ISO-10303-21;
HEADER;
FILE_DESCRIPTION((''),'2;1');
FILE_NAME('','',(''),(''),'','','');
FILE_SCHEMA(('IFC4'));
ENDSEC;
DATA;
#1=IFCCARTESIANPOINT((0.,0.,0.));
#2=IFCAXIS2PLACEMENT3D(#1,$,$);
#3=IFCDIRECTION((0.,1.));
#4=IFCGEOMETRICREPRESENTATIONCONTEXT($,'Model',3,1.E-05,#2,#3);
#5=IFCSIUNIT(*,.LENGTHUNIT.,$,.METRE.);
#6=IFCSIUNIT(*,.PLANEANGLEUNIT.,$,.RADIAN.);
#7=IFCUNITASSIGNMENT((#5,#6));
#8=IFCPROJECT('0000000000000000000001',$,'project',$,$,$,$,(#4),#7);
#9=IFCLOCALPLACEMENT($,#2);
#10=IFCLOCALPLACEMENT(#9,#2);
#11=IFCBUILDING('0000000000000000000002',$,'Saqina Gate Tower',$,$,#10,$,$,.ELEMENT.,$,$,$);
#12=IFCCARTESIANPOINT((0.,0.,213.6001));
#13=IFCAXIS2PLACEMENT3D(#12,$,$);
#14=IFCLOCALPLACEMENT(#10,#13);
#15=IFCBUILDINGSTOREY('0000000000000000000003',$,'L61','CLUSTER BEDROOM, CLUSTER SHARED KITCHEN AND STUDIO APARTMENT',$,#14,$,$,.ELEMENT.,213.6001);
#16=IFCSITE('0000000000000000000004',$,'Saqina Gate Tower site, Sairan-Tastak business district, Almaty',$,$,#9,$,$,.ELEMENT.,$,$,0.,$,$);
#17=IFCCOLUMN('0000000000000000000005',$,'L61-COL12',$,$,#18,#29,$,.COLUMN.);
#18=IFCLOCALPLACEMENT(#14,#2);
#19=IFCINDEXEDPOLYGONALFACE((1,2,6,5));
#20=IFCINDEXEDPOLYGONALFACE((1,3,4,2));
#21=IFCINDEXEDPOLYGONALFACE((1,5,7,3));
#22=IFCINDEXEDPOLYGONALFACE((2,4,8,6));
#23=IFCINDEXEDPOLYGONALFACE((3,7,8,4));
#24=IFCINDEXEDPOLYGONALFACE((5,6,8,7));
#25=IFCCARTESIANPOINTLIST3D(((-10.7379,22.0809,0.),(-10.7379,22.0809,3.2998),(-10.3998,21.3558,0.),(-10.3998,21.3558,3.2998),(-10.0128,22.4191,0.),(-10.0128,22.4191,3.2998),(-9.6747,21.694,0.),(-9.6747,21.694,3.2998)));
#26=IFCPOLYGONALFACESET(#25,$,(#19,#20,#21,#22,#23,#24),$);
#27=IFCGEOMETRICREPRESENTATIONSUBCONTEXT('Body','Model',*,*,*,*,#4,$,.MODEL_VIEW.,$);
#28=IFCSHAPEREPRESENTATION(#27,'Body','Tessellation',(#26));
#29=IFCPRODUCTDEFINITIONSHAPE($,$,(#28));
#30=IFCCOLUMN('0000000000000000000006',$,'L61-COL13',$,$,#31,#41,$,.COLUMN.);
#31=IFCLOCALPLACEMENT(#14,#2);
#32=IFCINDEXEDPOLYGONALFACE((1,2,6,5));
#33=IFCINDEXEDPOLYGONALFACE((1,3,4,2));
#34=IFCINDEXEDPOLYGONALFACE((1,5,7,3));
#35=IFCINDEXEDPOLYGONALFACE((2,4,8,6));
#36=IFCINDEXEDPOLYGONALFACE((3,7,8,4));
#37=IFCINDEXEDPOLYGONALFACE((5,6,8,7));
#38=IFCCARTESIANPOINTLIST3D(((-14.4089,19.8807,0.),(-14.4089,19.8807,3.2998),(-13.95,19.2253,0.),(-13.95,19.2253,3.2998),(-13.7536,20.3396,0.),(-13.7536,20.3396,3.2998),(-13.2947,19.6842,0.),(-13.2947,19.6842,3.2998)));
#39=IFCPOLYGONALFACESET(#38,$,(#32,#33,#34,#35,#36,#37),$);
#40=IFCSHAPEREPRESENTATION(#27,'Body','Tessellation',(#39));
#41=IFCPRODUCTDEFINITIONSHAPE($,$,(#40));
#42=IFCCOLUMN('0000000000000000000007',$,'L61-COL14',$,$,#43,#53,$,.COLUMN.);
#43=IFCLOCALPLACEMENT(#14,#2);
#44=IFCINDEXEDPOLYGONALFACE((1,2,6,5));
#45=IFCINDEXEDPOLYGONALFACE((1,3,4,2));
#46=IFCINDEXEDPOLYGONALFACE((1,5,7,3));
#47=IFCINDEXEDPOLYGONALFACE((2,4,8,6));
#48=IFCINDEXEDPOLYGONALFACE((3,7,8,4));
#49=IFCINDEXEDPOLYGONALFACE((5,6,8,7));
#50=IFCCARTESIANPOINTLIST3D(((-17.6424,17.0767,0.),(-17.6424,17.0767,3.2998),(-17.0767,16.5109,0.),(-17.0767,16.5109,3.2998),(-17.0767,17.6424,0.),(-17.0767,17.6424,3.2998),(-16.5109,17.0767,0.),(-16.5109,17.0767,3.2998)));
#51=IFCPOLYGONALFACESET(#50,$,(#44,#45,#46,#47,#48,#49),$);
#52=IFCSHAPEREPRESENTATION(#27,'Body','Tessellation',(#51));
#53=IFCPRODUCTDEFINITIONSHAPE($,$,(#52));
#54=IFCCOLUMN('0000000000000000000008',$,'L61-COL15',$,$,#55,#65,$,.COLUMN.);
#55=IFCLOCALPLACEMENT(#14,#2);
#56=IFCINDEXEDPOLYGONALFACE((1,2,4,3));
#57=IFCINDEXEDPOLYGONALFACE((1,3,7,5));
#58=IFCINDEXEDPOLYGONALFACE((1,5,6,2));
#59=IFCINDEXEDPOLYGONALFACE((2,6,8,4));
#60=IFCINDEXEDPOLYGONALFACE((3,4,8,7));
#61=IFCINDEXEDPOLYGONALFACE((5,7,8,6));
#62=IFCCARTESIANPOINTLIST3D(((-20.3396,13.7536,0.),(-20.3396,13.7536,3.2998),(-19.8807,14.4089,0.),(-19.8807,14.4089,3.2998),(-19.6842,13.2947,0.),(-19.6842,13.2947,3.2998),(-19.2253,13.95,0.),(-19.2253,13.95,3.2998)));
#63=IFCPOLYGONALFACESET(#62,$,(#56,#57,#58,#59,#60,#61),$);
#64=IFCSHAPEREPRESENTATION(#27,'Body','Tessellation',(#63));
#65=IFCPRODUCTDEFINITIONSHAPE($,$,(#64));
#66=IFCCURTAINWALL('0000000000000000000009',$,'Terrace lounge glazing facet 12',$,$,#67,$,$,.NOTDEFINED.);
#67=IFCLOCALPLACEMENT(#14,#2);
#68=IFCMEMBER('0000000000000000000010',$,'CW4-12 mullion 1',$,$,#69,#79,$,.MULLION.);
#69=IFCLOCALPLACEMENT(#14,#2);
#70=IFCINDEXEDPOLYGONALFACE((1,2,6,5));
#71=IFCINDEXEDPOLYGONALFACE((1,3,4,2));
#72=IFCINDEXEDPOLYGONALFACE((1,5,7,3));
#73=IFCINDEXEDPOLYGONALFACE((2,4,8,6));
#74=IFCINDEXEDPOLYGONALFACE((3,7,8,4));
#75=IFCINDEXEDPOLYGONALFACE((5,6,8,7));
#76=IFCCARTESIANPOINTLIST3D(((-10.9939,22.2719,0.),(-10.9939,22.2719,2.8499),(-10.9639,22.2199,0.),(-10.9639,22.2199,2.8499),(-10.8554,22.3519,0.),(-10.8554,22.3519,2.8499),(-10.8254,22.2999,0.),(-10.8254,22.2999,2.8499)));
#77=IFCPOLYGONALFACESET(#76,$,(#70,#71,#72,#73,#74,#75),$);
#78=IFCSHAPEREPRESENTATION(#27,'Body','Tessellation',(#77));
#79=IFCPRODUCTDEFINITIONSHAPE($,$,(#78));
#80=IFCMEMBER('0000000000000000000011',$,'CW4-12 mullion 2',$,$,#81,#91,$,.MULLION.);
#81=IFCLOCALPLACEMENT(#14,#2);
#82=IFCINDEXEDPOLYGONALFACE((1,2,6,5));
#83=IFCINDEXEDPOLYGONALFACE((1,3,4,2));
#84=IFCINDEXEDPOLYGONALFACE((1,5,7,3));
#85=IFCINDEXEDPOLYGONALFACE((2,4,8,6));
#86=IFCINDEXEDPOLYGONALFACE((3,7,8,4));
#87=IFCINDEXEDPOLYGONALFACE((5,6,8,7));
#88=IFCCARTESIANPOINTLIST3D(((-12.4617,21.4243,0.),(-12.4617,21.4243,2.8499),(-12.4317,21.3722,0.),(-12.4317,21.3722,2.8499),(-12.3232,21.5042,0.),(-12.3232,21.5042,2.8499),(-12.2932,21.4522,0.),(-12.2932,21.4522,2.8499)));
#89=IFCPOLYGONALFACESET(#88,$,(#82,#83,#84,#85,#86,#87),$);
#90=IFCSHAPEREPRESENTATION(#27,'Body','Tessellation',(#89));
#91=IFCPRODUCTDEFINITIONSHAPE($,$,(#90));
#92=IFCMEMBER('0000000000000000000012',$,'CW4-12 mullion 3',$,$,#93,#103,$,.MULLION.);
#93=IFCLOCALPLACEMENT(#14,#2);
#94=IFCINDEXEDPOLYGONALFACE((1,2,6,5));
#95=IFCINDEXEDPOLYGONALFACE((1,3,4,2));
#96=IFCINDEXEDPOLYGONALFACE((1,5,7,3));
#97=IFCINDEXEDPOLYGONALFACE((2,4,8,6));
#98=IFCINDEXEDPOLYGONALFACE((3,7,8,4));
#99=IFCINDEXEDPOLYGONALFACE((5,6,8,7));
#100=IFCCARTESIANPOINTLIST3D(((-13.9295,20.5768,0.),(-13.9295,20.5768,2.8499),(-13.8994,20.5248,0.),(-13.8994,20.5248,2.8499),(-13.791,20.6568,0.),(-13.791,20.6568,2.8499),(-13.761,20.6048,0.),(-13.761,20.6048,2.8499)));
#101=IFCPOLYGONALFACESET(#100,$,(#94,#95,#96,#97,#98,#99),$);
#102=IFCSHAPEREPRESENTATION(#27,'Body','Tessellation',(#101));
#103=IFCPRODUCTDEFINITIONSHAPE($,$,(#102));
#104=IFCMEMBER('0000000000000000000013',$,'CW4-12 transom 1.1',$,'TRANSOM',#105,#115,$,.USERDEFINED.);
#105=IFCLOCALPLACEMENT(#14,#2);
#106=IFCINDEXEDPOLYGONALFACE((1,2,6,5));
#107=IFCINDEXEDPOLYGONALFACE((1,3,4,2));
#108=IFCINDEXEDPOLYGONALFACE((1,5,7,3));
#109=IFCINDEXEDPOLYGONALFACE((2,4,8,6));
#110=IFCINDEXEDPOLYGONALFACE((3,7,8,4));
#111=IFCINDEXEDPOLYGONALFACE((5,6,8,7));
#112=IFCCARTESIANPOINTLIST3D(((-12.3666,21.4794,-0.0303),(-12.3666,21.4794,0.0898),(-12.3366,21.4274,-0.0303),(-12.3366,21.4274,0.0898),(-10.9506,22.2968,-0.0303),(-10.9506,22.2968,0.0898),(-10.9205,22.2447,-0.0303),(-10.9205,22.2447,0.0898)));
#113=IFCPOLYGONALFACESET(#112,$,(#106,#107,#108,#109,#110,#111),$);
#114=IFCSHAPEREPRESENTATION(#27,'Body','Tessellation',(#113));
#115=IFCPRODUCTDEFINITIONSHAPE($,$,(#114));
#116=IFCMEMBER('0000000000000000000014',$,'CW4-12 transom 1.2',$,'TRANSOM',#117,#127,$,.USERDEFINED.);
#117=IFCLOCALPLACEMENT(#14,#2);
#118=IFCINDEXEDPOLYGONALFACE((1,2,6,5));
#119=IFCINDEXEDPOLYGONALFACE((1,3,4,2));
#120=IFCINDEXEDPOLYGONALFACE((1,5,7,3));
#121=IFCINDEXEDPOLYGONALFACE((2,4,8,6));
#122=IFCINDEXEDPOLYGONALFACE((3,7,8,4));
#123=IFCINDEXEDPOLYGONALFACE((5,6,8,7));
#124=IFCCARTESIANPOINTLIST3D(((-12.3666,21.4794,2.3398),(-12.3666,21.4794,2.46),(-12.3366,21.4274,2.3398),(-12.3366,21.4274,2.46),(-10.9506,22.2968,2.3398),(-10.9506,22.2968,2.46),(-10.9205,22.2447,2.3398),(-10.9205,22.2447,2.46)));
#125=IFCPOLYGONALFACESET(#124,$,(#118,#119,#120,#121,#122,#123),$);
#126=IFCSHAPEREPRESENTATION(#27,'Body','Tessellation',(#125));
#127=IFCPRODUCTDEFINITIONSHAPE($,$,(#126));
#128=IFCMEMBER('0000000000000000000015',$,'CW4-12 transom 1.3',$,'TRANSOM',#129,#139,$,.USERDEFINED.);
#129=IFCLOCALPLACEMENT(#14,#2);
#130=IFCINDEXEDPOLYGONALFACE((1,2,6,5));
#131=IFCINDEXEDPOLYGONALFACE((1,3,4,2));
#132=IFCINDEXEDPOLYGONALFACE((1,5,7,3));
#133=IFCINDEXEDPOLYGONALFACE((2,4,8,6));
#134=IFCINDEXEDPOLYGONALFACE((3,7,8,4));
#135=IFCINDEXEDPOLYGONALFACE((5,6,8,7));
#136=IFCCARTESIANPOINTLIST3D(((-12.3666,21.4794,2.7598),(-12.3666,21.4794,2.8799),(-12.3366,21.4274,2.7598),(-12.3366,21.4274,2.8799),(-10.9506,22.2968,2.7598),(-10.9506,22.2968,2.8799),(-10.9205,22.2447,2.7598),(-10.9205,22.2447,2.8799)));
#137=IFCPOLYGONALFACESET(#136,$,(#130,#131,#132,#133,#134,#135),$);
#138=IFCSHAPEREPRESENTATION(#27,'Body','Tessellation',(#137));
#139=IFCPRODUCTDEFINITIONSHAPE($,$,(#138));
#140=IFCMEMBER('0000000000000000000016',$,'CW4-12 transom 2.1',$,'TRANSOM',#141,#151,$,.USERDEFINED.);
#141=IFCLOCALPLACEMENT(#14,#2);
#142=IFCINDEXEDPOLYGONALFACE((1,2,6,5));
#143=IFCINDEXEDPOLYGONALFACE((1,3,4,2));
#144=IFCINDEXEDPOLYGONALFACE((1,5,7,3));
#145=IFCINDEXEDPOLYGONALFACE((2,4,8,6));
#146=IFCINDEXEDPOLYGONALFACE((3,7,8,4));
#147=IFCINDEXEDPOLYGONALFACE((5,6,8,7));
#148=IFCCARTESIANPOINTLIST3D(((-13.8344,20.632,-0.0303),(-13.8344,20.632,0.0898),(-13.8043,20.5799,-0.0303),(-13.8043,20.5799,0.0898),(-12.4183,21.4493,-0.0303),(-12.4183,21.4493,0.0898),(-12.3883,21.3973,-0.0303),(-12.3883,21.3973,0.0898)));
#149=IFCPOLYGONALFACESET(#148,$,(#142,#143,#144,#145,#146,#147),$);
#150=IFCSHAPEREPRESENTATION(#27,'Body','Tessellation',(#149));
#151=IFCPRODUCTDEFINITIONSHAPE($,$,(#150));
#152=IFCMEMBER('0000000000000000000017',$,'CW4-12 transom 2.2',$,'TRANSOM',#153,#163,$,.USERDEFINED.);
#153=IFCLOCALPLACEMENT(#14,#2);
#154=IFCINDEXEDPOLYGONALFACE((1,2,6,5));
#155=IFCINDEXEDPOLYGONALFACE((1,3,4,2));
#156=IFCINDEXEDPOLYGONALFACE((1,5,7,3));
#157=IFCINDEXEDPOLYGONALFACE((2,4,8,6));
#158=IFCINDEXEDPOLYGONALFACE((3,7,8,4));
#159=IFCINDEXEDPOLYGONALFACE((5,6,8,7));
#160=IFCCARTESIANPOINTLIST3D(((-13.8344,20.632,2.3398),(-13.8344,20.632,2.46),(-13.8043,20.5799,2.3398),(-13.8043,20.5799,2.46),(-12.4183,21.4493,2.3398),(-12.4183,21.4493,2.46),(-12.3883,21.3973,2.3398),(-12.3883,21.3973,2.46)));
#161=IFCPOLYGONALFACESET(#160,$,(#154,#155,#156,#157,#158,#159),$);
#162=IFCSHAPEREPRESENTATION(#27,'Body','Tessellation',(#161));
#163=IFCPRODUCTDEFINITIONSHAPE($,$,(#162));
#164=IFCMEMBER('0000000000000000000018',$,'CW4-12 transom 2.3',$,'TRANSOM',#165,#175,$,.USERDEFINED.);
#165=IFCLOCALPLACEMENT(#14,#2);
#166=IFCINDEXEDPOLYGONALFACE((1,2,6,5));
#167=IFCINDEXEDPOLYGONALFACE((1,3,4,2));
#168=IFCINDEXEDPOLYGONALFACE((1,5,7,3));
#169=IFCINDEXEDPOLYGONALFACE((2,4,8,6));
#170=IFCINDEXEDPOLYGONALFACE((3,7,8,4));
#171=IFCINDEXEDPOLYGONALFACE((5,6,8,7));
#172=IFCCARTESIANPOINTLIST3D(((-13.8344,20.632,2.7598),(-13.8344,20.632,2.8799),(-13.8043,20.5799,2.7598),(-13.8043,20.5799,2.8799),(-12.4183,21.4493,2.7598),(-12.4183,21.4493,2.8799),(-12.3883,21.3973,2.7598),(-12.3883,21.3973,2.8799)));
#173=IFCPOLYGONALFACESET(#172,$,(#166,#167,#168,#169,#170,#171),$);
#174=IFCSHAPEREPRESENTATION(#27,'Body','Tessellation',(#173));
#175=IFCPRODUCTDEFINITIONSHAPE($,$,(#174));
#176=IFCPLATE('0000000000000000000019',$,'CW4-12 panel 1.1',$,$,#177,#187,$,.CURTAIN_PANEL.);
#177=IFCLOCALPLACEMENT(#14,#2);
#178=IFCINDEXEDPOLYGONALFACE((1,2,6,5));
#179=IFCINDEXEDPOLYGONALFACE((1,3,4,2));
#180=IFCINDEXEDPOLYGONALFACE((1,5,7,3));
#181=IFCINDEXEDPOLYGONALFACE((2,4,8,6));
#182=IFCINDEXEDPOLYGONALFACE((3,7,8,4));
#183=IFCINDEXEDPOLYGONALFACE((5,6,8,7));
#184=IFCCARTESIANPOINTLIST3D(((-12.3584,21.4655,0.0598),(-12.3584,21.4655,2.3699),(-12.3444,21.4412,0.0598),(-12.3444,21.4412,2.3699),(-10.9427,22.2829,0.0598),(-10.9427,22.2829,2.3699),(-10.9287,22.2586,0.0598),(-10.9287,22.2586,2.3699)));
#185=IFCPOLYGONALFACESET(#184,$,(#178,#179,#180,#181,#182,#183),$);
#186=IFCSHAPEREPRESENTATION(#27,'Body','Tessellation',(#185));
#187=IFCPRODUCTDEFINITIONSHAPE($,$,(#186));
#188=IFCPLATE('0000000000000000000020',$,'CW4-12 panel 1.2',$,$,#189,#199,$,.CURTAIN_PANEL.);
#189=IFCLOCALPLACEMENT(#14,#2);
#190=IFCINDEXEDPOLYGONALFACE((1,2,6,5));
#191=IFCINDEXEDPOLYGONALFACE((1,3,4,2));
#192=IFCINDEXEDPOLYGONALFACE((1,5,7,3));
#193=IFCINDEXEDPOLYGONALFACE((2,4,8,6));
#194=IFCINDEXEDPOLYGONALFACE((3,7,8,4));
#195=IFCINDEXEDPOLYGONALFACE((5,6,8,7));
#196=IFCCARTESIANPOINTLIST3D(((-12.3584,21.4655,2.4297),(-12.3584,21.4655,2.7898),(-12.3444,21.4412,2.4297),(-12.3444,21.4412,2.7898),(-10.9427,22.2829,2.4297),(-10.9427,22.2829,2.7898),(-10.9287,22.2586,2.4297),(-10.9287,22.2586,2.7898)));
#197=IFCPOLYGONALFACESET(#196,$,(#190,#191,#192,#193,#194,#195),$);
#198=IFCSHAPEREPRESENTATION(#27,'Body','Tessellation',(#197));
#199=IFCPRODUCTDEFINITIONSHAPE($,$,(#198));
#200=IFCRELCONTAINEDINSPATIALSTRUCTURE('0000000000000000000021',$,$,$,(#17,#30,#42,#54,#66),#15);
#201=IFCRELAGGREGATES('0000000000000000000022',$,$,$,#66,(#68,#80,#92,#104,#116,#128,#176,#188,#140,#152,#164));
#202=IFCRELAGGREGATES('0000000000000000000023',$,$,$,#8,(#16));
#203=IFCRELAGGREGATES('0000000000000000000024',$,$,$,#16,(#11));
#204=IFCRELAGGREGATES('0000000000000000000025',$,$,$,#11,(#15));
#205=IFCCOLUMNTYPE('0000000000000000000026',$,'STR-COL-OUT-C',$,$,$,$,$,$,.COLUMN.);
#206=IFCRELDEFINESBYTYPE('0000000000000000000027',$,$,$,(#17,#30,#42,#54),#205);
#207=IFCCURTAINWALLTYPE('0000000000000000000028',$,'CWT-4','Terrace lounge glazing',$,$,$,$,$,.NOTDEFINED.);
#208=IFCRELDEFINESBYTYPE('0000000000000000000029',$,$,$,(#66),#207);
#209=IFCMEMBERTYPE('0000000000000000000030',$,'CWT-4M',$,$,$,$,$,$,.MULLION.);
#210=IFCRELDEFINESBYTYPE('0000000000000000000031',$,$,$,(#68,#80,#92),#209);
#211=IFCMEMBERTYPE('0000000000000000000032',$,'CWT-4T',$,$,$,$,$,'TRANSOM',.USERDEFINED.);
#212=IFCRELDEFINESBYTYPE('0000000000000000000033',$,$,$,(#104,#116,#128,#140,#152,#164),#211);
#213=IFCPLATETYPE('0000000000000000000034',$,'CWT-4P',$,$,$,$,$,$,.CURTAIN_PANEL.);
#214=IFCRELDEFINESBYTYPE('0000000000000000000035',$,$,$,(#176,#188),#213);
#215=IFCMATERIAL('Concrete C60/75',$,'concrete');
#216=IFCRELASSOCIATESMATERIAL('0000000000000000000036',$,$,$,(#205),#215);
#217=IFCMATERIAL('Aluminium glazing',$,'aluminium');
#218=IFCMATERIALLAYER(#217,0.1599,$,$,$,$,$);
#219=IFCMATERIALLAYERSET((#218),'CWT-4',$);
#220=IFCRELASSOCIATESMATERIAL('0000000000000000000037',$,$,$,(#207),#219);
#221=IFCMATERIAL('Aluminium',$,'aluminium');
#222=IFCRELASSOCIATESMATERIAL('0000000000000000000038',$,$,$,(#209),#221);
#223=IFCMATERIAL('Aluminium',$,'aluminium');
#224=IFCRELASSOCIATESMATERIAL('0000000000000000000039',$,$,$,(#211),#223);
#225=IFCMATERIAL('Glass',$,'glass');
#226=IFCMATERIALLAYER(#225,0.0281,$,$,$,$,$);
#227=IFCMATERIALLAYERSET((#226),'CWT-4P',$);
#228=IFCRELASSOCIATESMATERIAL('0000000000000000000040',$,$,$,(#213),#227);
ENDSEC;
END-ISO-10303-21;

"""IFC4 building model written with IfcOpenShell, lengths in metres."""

from ifc_helpers import new_model, si_unit, direction, frame, origin, origin_2d, place, context, subcontext, project, spatial, rectangle, extrude, material, layer, layer_set, material_profile, profile_set, type_object, element, aggregate, save


model = new_model("IFC4")

# Units and contexts
model_context = context("Model", 3, precision=1e-05, world=origin(), true_north=direction((0.0, 1.0)))
body_context = subcontext(model_context, "Body", "Model", "MODEL_VIEW")
ifc_project = project(units=[si_unit("LENGTHUNIT", "METRE"), si_unit("PLANEANGLEUNIT", "RADIAN")], contexts=[model_context])

# Site, building, storey
site_placement = place(None, origin())
site = spatial("IfcSite", under=ifc_project, at=site_placement, Name="Saqina Gate Tower site, Sairan-Tastak business district, Almaty", CompositionType="ELEMENT", RefElevation=0.0)
building_placement = place(site_placement, origin())
building = spatial("IfcBuilding", under=site, at=building_placement, Name="Saqina Gate Tower", CompositionType="ELEMENT")
storey_placement = place(building_placement, frame((0.0, 0.0, 213.6001)))
storey = spatial("IfcBuildingStorey", under=building, at=storey_placement, Name="L61", Description="CLUSTER BEDROOM, CLUSTER SHARED KITCHEN AND STUDIO APARTMENT", CompositionType="ELEMENT", Elevation=213.6001)

# Columns
ifc_material_1 = material(Name="Concrete C60/75", Category="concrete")
ifc_material_profile_1 = material_profile(ifc_material_1, rectangle(XDim=0.8, YDim=0.8, at=origin_2d()), Name="RC 800x800")
ifc_profile_set_1 = profile_set([ifc_material_profile_1], Name="Concrete C60/75")
column_type = type_object("IfcColumnType", Name="STR-COL-OUT-C", PredefinedType="COLUMN", material=ifc_profile_set_1)
for number, where, z_axis, x_axis, name in (
    (1, (-10.2063, 21.8875, 0.0), (0.0, 0.0, 1.0), (-0.422618, 0.906308, 0.0), "L61-COL12"),
    (2, (-13.8518, 19.7825, 0.0), (0.0, 0.0, 1.0), (-0.573576, 0.819152, 0.0), "L61-COL13"),
    (3, (-17.0767, 17.0767, 0.0), (0.0, 0.0, 1.0), (-0.707107, 0.707107, 0.0), "L61-COL14"),
    (4, (-19.7825, 13.8518, 0.0), (0.0, 0.0, 1.0), (-0.819152, 0.573576, 0.0), "L61-COL15"),
):
    element("IfcColumn", number, at=place(storey_placement, frame(where, z_axis=z_axis, x_axis=x_axis)), inside=storey, type_object=column_type, Name=name, PredefinedType="COLUMN", context=body_context, shape_type="SweptSolid", body=[
        extrude(rectangle(XDim=0.8, YDim=0.8, at=origin_2d()), origin(), (0.0, 0.0, 1.0), 3.2998),
    ])

# Curtain wall, members, plates
ifc_material_2 = material(Name="Aluminium glazing", Category="aluminium")
ifc_layer_1 = layer(ifc_material_2, 0.1599)
ifc_layer_set_1 = layer_set([ifc_layer_1], Name="CWT-4")
curtain_wall_type = type_object("IfcCurtainWallType", Name="CWT-4", Description="Terrace lounge glazing", PredefinedType="NOTDEFINED", material=ifc_layer_set_1)
curtain_wall_placement = place(storey_placement, origin())
curtain_wall = element("IfcCurtainWall", 5, at=curtain_wall_placement, inside=storey, type_object=curtain_wall_type, Name="Terrace lounge glazing facet 12", PredefinedType="NOTDEFINED")
ifc_material_3 = material(Name="Aluminium", Category="aluminium")
ifc_material_profile_2 = material_profile(ifc_material_3, rectangle(XDim=0.0601, YDim=0.1599, at=origin_2d()), Name="Aluminium 60x160")
ifc_profile_set_2 = profile_set([ifc_material_profile_2], Name="Aluminium")
member_type_1 = type_object("IfcMemberType", Name="CWT-4M", PredefinedType="MULLION", material=ifc_profile_set_2)
member_1_placement = place(storey_placement, frame((-10.9097, 22.2859, 0.0), z_axis=(0.0, 0.0, 1.0), x_axis=(0.500014, -0.866017, 0.0)))
member_1 = element("IfcMember", 6, at=member_1_placement, type_object=member_type_1, Name="CW4-12 mullion 1", PredefinedType="MULLION", context=body_context, shape_type="SweptSolid", body=[
    extrude(rectangle(XDim=0.0601, YDim=0.1599, at=origin_2d()), origin(), (0.0, 0.0, 1.0), 2.8499),
])
member_2_placement = place(storey_placement, frame((-12.3774, 21.4382, 0.0), z_axis=(0.0, 0.0, 1.0), x_axis=(0.500014, -0.866017, 0.0)))
member_2 = element("IfcMember", 7, at=member_2_placement, type_object=member_type_1, Name="CW4-12 mullion 2", PredefinedType="MULLION", context=body_context, shape_type="SweptSolid", body=[
    extrude(rectangle(XDim=0.0601, YDim=0.1599, at=origin_2d()), origin(), (0.0, 0.0, 1.0), 2.8499),
])
member_3_placement = place(storey_placement, frame((-13.8452, 20.5908, 0.0), z_axis=(0.0, 0.0, 1.0), x_axis=(0.500014, -0.866017, 0.0)))
member_3 = element("IfcMember", 8, at=member_3_placement, type_object=member_type_1, Name="CW4-12 mullion 3", PredefinedType="MULLION", context=body_context, shape_type="SweptSolid", body=[
    extrude(rectangle(XDim=0.0601, YDim=0.1599, at=origin_2d()), origin(), (0.0, 0.0, 1.0), 2.8499),
])
ifc_material_4 = material(Name="Aluminium", Category="aluminium")
ifc_material_profile_3 = material_profile(ifc_material_4, rectangle(XDim=0.0601, YDim=0.1201, at=origin_2d()), Name="Aluminium 60x120")
ifc_profile_set_3 = profile_set([ifc_material_profile_3], Name="Aluminium")
member_type_2 = type_object("IfcMemberType", Name="CWT-4T", ElementType="TRANSOM", PredefinedType="USERDEFINED", material=ifc_profile_set_3)
member_4_placement = place(storey_placement, frame((-10.9355, 22.2708, 0.0298), z_axis=(-0.866066, -0.499929, 0.0), x_axis=(0.499929, -0.866066, 0.0)))
member_4 = element("IfcMember", 9, at=member_4_placement, type_object=member_type_2, Name="CW4-12 transom 1.1", ObjectType="TRANSOM", PredefinedType="USERDEFINED", context=body_context, shape_type="SweptSolid", body=[
    extrude(rectangle(XDim=0.0601, YDim=0.1201, at=origin_2d()), origin(), (0.0, 0.0, 1.0), 1.635),
])
member_5_placement = place(storey_placement, frame((-10.9355, 22.2708, 2.3999), z_axis=(-0.866066, -0.499929, 0.0), x_axis=(0.499929, -0.866066, 0.0)))
member_5 = element("IfcMember", 10, at=member_5_placement, type_object=member_type_2, Name="CW4-12 transom 1.2", ObjectType="TRANSOM", PredefinedType="USERDEFINED", context=body_context, shape_type="SweptSolid", body=[
    extrude(rectangle(XDim=0.0601, YDim=0.1201, at=origin_2d()), origin(), (0.0, 0.0, 1.0), 1.635),
])
member_6_placement = place(storey_placement, frame((-10.9355, 22.2708, 2.8198), z_axis=(-0.866066, -0.499929, 0.0), x_axis=(0.499929, -0.866066, 0.0)))
member_6 = element("IfcMember", 11, at=member_6_placement, type_object=member_type_2, Name="CW4-12 transom 1.3", ObjectType="TRANSOM", PredefinedType="USERDEFINED", context=body_context, shape_type="SweptSolid", body=[
    extrude(rectangle(XDim=0.0601, YDim=0.1201, at=origin_2d()), origin(), (0.0, 0.0, 1.0), 1.635),
])
member_7_placement = place(storey_placement, frame((-12.4033, 21.4233, 0.0298), z_axis=(-0.866066, -0.499929, 0.0), x_axis=(0.499929, -0.866066, 0.0)))
member_7 = element("IfcMember", 12, at=member_7_placement, type_object=member_type_2, Name="CW4-12 transom 2.1", ObjectType="TRANSOM", PredefinedType="USERDEFINED", context=body_context, shape_type="SweptSolid", body=[
    extrude(rectangle(XDim=0.0601, YDim=0.1201, at=origin_2d()), origin(), (0.0, 0.0, 1.0), 1.635),
])
member_8_placement = place(storey_placement, frame((-12.4033, 21.4233, 2.3999), z_axis=(-0.866066, -0.499929, 0.0), x_axis=(0.499929, -0.866066, 0.0)))
member_8 = element("IfcMember", 13, at=member_8_placement, type_object=member_type_2, Name="CW4-12 transom 2.2", ObjectType="TRANSOM", PredefinedType="USERDEFINED", context=body_context, shape_type="SweptSolid", body=[
    extrude(rectangle(XDim=0.0601, YDim=0.1201, at=origin_2d()), origin(), (0.0, 0.0, 1.0), 1.635),
])
member_9_placement = place(storey_placement, frame((-12.4033, 21.4233, 2.8198), z_axis=(-0.866066, -0.499929, 0.0), x_axis=(0.499929, -0.866066, 0.0)))
member_9 = element("IfcMember", 14, at=member_9_placement, type_object=member_type_2, Name="CW4-12 transom 2.3", ObjectType="TRANSOM", PredefinedType="USERDEFINED", context=body_context, shape_type="SweptSolid", body=[
    extrude(rectangle(XDim=0.0601, YDim=0.1201, at=origin_2d()), origin(), (0.0, 0.0, 1.0), 1.635),
])
ifc_material_5 = material(Name="Glass", Category="glass")
ifc_layer_2 = layer(ifc_material_5, 0.0281)
ifc_layer_set_2 = layer_set([ifc_layer_2], Name="CWT-4P")
plate_type = type_object("IfcPlateType", Name="CWT-4P", PredefinedType="CURTAIN_PANEL", material=ifc_layer_set_2)
plate_1_placement = place(storey_placement, frame((-11.6436, 21.8621, 0.0598), z_axis=(0.0, 0.0, 1.0), x_axis=(-0.866017, -0.500014, 0.0)))
plate_1 = element("IfcPlate", 15, at=plate_1_placement, type_object=plate_type, Name="CW4-12 panel 1.1", PredefinedType="CURTAIN_PANEL", context=body_context, shape_type="SweptSolid", body=[
    extrude(rectangle(XDim=1.6348, YDim=0.0281, at=origin_2d()), origin(), (0.0, 0.0, 1.0), 2.3101),
])
plate_2_placement = place(storey_placement, frame((-11.6436, 21.8621, 2.4297), z_axis=(0.0, 0.0, 1.0), x_axis=(-0.866017, -0.500014, 0.0)))
plate_2 = element("IfcPlate", 16, at=plate_2_placement, type_object=plate_type, Name="CW4-12 panel 1.2", PredefinedType="CURTAIN_PANEL", context=body_context, shape_type="SweptSolid", body=[
    extrude(rectangle(XDim=1.6348, YDim=0.0281, at=origin_2d()), origin(), (0.0, 0.0, 1.0), 0.3601),
])
aggregate(curtain_wall, [member_1, member_2, member_3, member_4, member_5, member_6, plate_1, plate_2, member_7, member_8, member_9])

save(model, "model.ifc")
